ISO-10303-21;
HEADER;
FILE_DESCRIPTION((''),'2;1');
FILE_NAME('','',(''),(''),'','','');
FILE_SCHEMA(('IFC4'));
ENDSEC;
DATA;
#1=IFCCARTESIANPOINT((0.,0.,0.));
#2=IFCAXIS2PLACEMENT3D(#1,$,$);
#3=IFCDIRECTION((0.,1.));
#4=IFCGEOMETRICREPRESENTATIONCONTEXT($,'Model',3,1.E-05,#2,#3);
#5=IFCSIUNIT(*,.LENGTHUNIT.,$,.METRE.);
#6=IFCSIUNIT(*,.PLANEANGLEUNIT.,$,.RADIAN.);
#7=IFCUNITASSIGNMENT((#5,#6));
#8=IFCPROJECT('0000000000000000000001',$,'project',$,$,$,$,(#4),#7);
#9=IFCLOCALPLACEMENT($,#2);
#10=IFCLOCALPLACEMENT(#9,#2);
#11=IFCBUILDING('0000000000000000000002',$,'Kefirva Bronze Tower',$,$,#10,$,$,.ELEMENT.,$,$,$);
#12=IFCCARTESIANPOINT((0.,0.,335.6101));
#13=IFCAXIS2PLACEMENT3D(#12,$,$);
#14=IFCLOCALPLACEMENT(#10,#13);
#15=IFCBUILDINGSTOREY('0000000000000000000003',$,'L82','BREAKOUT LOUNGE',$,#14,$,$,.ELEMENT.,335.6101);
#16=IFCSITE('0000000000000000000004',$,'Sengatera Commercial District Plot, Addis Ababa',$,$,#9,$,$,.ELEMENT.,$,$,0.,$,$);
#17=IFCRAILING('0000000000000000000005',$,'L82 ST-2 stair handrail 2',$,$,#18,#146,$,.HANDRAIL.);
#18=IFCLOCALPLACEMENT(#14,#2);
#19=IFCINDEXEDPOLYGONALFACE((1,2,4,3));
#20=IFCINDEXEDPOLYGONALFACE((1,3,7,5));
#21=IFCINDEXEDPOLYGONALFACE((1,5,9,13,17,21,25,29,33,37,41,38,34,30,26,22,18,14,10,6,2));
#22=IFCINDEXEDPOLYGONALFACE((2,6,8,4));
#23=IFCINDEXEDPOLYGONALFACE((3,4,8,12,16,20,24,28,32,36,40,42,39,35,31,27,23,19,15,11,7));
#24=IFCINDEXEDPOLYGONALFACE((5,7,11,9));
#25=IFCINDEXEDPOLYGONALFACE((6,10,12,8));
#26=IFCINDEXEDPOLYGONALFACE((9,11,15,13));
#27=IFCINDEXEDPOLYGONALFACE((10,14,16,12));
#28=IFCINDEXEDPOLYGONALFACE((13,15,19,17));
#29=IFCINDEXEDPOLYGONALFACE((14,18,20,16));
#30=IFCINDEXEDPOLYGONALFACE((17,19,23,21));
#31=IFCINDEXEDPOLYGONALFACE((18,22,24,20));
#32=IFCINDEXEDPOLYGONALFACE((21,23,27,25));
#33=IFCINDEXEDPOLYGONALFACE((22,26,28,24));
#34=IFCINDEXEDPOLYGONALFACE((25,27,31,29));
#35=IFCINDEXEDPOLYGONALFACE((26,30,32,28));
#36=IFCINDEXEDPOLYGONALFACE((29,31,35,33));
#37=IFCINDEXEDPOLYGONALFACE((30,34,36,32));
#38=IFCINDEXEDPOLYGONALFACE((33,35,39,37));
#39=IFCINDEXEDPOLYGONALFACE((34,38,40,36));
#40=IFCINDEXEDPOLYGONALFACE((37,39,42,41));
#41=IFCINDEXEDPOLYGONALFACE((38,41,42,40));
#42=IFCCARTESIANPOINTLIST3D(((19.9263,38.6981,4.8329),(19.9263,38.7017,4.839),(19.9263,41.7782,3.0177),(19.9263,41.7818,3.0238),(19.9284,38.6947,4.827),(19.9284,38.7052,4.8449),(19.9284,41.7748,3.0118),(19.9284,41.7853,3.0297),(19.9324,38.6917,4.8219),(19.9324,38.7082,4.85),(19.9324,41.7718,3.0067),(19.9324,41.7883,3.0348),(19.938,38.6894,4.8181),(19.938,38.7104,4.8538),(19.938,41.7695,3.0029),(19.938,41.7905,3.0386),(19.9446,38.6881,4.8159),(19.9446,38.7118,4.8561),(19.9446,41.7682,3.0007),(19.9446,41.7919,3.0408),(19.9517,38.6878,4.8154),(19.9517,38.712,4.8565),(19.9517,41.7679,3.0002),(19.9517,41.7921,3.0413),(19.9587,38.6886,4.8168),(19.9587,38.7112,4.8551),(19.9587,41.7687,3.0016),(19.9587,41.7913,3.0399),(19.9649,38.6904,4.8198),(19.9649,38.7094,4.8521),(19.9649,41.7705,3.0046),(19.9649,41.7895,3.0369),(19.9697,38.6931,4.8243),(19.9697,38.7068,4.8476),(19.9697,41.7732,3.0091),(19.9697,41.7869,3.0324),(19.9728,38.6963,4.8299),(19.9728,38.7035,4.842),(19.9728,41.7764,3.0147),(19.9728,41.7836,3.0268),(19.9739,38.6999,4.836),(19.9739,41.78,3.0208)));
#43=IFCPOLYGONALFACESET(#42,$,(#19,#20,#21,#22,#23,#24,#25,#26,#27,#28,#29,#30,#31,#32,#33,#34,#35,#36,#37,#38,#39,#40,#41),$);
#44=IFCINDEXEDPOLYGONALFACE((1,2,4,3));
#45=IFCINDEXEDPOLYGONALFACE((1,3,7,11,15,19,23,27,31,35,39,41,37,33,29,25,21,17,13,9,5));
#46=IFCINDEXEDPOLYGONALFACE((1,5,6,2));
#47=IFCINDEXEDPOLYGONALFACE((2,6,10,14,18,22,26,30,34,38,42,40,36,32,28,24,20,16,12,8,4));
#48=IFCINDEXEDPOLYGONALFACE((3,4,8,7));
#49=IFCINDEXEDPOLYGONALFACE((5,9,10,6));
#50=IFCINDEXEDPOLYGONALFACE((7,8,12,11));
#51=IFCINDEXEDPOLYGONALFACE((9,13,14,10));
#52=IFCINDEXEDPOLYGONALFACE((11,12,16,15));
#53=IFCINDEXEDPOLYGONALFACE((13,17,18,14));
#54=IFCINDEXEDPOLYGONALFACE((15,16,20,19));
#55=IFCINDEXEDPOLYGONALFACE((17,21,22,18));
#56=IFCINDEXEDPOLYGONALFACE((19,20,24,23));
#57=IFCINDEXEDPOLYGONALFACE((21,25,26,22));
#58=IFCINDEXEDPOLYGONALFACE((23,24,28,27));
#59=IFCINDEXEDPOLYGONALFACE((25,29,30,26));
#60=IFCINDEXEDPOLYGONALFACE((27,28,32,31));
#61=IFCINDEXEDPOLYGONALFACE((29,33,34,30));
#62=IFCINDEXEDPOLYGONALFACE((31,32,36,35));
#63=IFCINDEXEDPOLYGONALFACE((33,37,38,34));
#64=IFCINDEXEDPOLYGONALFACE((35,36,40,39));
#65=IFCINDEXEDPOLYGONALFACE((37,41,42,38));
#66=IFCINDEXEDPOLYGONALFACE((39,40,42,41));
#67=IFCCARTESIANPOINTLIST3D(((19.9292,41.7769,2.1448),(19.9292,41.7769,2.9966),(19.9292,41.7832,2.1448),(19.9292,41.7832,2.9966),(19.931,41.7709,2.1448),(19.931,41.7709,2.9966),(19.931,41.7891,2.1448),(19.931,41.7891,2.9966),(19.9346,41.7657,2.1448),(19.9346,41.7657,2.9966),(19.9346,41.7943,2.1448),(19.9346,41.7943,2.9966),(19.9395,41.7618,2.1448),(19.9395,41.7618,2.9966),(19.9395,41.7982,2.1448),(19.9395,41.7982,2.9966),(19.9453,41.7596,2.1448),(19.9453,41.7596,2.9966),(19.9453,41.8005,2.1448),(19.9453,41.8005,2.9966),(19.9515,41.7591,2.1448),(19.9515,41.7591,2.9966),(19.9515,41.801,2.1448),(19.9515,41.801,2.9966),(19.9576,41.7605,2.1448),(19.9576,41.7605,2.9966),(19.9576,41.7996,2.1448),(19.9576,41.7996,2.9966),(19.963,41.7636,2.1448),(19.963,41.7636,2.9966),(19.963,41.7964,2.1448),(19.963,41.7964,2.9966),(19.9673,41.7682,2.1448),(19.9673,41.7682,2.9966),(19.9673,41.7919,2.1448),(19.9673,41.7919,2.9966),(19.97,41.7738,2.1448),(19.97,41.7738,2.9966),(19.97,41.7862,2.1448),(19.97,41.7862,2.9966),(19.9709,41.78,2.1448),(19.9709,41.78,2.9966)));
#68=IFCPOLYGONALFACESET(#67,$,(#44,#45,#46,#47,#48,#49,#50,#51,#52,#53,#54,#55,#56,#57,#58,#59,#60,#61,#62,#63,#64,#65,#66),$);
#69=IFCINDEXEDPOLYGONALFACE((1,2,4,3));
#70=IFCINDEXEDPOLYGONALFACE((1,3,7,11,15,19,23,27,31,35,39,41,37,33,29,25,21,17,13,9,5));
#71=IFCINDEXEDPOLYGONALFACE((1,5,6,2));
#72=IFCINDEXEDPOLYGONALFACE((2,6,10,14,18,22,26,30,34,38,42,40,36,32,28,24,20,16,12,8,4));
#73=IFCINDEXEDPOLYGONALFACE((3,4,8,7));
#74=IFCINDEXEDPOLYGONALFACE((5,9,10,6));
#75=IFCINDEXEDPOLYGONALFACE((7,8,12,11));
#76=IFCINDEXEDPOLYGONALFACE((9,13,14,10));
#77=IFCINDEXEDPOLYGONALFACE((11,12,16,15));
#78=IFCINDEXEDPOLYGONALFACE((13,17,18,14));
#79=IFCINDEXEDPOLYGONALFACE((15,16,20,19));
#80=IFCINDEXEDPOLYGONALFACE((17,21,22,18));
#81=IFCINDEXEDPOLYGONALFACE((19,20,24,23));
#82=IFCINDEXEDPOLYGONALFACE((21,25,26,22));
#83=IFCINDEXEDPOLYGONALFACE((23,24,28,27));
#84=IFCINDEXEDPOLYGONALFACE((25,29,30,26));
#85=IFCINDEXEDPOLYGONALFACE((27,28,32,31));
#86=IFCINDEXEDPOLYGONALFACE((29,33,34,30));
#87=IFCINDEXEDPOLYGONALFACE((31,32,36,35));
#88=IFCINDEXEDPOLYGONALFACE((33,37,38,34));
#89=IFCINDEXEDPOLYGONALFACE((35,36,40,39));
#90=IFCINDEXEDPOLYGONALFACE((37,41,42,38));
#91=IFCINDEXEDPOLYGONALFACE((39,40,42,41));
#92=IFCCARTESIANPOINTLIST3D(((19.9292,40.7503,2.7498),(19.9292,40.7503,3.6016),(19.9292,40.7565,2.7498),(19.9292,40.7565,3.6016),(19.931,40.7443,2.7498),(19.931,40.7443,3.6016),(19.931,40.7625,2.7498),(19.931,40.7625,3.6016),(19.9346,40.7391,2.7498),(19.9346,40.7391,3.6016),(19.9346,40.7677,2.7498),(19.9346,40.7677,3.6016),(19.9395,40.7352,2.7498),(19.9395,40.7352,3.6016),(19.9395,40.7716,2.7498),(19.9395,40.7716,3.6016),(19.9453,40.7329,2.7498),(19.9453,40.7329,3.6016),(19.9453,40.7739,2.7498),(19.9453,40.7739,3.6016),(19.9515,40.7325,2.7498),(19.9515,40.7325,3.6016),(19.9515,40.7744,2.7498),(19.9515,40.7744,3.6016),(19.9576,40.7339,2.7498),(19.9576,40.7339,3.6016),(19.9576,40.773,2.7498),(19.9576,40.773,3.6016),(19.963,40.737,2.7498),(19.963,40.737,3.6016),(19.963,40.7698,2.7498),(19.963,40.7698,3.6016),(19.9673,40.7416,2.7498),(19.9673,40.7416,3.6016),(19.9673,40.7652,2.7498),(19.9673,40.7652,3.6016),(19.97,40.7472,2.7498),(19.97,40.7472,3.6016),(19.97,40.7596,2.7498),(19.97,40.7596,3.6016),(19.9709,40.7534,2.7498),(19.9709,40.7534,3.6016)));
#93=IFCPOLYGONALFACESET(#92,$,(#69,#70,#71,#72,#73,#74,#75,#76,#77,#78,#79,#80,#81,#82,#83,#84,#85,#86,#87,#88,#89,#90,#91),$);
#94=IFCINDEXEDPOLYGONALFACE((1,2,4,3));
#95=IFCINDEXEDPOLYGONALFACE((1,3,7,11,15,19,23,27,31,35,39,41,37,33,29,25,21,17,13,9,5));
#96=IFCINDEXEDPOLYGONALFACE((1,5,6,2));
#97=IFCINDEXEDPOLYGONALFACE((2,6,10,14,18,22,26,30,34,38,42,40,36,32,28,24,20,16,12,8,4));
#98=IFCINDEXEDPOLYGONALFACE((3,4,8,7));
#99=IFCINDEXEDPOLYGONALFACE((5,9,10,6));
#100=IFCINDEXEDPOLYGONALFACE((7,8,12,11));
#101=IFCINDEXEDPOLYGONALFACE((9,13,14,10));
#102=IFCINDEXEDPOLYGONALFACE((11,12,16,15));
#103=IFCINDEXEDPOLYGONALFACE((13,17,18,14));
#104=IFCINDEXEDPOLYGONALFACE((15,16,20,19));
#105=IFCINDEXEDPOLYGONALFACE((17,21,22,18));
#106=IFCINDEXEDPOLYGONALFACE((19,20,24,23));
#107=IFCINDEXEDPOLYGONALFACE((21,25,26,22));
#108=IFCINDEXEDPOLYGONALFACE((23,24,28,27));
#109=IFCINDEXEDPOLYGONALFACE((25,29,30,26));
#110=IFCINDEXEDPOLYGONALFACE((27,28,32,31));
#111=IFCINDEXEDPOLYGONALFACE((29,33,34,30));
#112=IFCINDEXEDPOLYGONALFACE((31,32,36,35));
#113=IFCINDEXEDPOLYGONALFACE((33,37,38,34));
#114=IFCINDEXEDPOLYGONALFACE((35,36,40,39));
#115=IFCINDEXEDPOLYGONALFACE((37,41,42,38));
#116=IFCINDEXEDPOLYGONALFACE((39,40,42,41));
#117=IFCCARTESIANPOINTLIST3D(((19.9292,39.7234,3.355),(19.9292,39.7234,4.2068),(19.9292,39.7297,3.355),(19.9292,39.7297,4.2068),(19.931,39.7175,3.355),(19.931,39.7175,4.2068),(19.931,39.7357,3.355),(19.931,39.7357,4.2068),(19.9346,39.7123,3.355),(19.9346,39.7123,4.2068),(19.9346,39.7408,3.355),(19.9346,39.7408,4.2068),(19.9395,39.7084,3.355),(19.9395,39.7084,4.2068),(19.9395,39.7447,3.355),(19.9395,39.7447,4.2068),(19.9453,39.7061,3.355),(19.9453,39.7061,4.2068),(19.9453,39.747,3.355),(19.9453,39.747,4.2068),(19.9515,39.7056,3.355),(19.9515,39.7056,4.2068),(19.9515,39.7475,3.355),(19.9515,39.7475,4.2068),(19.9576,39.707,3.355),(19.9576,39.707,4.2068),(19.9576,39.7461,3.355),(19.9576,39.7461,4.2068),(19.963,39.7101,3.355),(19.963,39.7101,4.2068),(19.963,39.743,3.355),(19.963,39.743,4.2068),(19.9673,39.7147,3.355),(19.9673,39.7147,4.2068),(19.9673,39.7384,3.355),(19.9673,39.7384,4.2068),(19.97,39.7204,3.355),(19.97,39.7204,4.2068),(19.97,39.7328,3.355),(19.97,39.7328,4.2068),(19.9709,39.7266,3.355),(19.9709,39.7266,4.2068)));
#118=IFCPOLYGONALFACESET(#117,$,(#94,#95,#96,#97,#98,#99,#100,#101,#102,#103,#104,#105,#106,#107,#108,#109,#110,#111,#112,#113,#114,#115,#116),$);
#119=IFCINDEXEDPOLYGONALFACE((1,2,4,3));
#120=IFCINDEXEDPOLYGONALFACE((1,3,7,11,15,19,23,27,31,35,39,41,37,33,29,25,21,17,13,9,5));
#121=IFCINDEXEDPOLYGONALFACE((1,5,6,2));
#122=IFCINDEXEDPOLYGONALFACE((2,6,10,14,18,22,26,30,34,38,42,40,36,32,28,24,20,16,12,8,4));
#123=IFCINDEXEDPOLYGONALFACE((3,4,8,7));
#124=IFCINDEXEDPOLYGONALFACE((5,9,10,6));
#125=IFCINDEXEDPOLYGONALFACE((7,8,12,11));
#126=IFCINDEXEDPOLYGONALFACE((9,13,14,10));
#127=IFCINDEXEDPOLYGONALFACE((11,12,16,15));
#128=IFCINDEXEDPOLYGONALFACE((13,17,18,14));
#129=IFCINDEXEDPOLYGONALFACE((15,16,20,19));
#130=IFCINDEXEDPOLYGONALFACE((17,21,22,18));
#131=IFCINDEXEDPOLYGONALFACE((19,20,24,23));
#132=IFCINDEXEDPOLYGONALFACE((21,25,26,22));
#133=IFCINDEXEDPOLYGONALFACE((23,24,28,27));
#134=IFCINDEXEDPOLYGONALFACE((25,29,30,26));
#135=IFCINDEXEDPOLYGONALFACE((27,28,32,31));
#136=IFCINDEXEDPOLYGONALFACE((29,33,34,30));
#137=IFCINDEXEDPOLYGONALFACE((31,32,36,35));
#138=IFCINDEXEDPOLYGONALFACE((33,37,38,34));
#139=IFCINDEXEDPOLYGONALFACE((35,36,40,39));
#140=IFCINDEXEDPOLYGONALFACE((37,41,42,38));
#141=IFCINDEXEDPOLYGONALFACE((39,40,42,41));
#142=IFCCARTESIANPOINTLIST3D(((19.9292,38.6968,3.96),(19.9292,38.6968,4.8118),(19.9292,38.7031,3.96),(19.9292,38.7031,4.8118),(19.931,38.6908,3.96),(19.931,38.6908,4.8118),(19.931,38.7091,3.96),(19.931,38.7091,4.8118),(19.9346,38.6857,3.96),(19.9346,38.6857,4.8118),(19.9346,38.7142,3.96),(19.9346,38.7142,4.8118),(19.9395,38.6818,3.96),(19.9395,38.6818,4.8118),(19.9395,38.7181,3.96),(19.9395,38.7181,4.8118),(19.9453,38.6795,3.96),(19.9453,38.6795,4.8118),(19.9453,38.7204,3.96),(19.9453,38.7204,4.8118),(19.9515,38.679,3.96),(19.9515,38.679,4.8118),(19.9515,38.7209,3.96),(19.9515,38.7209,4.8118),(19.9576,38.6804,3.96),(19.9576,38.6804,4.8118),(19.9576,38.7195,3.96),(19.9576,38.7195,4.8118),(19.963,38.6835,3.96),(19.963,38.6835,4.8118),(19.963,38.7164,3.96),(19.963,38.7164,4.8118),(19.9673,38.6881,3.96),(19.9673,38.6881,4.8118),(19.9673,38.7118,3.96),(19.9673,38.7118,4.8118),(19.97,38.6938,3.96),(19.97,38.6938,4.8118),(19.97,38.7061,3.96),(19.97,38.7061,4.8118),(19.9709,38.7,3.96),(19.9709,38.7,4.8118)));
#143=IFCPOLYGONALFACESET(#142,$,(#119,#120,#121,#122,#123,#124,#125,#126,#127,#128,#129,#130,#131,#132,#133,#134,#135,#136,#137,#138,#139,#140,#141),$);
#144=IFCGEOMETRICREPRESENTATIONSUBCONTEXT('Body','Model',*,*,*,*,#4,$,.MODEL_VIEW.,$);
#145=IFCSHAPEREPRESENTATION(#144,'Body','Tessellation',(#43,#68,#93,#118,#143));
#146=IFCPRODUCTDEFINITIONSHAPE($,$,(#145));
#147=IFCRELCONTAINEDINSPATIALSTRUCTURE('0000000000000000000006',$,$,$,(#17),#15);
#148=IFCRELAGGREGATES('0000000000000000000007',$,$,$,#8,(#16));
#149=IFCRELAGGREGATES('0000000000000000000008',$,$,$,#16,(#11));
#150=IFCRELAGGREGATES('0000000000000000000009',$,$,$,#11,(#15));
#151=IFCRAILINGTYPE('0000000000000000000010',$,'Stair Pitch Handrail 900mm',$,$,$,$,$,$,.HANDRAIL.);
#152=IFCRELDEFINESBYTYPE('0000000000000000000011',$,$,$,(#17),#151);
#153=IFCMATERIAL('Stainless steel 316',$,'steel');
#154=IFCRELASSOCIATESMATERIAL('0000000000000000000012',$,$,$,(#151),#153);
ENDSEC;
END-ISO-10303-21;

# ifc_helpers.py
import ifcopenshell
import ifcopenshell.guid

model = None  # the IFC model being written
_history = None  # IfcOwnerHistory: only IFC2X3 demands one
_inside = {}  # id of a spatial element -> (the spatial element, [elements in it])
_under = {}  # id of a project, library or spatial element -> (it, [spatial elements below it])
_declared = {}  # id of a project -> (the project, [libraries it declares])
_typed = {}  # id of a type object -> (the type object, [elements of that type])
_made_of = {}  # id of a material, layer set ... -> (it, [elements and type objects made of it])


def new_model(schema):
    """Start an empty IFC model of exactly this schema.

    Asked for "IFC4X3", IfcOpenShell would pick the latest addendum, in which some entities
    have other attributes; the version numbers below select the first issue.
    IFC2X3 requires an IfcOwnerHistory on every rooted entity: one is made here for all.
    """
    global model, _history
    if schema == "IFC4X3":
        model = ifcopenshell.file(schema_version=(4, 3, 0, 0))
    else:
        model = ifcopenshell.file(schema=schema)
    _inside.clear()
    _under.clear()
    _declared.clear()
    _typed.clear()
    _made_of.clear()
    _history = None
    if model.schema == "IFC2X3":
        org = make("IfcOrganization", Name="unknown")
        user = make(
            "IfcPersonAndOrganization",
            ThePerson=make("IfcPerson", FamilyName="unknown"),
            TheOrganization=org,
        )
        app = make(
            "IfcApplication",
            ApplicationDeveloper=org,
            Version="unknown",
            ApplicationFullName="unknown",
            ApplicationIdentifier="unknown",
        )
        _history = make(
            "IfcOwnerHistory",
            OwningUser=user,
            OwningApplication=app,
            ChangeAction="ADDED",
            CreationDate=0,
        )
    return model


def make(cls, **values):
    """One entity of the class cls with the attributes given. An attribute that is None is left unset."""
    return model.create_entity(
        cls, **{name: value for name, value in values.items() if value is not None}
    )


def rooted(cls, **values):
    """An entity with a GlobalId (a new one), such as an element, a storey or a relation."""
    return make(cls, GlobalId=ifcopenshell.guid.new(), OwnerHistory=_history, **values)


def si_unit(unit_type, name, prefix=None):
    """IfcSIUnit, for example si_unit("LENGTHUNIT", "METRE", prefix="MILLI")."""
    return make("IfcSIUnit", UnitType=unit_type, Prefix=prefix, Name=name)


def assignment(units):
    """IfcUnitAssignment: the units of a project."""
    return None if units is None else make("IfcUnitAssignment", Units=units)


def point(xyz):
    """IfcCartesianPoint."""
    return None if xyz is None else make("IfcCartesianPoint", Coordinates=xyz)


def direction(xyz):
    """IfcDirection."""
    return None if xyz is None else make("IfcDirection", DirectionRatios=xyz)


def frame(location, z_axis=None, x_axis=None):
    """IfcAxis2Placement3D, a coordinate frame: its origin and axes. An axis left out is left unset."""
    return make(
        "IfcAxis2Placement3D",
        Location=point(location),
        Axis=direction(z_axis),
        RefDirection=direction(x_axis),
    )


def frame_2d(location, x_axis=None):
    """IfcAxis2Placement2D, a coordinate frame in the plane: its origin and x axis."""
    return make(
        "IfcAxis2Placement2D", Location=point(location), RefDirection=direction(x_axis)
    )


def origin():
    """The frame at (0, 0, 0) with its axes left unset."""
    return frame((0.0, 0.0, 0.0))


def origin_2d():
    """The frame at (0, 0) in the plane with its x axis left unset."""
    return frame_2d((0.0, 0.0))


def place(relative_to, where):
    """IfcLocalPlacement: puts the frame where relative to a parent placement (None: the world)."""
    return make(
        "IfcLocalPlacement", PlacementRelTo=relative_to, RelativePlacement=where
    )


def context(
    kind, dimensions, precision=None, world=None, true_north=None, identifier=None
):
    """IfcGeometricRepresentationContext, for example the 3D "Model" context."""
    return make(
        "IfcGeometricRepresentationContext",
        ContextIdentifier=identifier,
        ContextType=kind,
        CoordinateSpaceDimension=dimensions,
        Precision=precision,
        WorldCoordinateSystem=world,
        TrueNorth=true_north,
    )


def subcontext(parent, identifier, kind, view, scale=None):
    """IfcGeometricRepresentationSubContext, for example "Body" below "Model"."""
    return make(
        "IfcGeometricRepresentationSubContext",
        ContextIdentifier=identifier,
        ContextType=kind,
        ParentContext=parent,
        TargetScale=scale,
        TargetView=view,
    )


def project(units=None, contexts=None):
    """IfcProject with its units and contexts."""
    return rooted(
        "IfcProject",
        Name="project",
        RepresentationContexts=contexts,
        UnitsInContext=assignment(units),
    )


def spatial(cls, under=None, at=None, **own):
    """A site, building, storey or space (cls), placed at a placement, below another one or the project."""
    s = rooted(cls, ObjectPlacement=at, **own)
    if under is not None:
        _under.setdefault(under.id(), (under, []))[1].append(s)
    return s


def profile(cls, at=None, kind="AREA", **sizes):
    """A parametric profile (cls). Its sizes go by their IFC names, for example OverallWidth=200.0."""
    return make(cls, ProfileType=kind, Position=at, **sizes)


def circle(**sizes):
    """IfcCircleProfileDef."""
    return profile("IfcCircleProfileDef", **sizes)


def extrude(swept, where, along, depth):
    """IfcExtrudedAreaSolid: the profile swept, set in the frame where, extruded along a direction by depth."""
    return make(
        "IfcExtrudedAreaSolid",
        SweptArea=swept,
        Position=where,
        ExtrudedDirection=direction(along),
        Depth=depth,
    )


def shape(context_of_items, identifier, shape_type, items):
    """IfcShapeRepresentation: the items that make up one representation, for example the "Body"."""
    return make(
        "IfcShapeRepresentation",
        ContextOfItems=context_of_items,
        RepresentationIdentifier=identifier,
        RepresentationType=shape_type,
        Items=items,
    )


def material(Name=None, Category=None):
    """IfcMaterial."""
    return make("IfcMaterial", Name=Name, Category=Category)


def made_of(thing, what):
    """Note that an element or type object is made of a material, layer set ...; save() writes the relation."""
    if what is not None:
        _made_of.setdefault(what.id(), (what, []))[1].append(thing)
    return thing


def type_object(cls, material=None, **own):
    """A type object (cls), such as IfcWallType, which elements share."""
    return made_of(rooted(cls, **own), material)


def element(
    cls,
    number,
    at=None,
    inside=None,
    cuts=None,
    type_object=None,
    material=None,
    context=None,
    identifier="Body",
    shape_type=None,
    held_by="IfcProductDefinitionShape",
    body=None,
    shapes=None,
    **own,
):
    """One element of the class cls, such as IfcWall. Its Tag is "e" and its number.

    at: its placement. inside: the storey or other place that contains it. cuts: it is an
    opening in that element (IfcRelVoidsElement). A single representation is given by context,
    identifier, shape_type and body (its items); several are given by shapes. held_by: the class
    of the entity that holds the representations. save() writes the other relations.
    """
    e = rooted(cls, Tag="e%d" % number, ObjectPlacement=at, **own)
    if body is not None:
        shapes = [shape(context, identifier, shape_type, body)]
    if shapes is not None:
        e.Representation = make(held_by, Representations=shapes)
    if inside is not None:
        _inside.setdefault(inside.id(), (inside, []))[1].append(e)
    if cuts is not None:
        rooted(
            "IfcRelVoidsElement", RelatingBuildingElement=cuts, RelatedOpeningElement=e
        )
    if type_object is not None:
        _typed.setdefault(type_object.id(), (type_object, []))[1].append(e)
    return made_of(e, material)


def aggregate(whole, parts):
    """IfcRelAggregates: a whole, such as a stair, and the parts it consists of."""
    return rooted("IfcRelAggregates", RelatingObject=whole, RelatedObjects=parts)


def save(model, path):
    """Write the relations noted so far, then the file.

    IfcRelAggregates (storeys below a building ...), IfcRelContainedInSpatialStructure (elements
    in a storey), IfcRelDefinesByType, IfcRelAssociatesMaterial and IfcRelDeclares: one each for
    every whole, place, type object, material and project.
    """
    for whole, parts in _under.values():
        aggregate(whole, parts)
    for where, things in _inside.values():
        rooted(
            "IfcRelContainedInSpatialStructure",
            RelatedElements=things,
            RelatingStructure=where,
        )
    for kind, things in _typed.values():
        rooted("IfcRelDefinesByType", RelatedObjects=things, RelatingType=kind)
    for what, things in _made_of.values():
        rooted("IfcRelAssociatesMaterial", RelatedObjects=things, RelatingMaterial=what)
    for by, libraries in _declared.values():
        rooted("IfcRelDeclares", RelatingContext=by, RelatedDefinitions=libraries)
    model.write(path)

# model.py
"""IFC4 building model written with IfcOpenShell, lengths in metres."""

from ifc_helpers import new_model, si_unit, direction, frame, origin, origin_2d, place, context, subcontext, project, spatial, circle, extrude, material, type_object, element, save


model = new_model("IFC4")

# Units and contexts
model_context = context("Model", 3, precision=1e-05, world=origin(), true_north=direction((0.0, 1.0)))
body_context = subcontext(model_context, "Body", "Model", "MODEL_VIEW")
ifc_project = project(units=[si_unit("LENGTHUNIT", "METRE"), si_unit("PLANEANGLEUNIT", "RADIAN")], contexts=[model_context])

# Site, building, storey
site_placement = place(None, origin())
site = spatial("IfcSite", under=ifc_project, at=site_placement, Name="Sengatera Commercial District Plot, Addis Ababa", CompositionType="ELEMENT", RefElevation=0.0)
building_placement = place(site_placement, origin())
building = spatial("IfcBuilding", under=site, at=building_placement, Name="Kefirva Bronze Tower", CompositionType="ELEMENT")
storey_placement = place(building_placement, frame((0.0, 0.0, 335.6101)))
storey = spatial("IfcBuildingStorey", under=building, at=storey_placement, Name="L82", Description="BREAKOUT LOUNGE", CompositionType="ELEMENT", Elevation=335.6101)

# Shared definitions
ifc_material_1 = material(Name="Stainless steel 316", Category="steel")

# Railing
railing_type = type_object("IfcRailingType", Name="Stair Pitch Handrail 900mm", PredefinedType="HANDRAIL", material=ifc_material_1)
railing_placement = place(storey_placement, frame((19.95, 41.78, 2.1448)))
element("IfcRailing", 1, at=railing_placement, inside=storey, type_object=railing_type, Name="L82 ST-2 stair handrail 2", PredefinedType="HANDRAIL", context=body_context, shape_type="SweptSolid", body=[
    extrude(circle(Radius=0.0239, at=origin_2d()), frame((0.0, 0.0, 0.876), z_axis=(0.0, -0.861521, 0.507721), x_axis=(1.0, 0.0, 0.0)), (0.0, 0.0, 1.0), 3.5752),
    extrude(circle(Radius=0.021, at=origin_2d()), origin(), (0.0, 0.0, 1.0), 0.8518),
    extrude(circle(Radius=0.021, at=origin_2d()), frame((0.0, -1.0266, 0.605)), (0.0, 0.0, 1.0), 0.8518),
    extrude(circle(Radius=0.021, at=origin_2d()), frame((0.0, -2.0535, 1.2102)), (0.0, 0.0, 1.0), 0.8518),
    extrude(circle(Radius=0.021, at=origin_2d()), frame((0.0, -3.0801, 1.8152)), (0.0, 0.0, 1.0), 0.8518),
])

save(model, "model.ifc")
